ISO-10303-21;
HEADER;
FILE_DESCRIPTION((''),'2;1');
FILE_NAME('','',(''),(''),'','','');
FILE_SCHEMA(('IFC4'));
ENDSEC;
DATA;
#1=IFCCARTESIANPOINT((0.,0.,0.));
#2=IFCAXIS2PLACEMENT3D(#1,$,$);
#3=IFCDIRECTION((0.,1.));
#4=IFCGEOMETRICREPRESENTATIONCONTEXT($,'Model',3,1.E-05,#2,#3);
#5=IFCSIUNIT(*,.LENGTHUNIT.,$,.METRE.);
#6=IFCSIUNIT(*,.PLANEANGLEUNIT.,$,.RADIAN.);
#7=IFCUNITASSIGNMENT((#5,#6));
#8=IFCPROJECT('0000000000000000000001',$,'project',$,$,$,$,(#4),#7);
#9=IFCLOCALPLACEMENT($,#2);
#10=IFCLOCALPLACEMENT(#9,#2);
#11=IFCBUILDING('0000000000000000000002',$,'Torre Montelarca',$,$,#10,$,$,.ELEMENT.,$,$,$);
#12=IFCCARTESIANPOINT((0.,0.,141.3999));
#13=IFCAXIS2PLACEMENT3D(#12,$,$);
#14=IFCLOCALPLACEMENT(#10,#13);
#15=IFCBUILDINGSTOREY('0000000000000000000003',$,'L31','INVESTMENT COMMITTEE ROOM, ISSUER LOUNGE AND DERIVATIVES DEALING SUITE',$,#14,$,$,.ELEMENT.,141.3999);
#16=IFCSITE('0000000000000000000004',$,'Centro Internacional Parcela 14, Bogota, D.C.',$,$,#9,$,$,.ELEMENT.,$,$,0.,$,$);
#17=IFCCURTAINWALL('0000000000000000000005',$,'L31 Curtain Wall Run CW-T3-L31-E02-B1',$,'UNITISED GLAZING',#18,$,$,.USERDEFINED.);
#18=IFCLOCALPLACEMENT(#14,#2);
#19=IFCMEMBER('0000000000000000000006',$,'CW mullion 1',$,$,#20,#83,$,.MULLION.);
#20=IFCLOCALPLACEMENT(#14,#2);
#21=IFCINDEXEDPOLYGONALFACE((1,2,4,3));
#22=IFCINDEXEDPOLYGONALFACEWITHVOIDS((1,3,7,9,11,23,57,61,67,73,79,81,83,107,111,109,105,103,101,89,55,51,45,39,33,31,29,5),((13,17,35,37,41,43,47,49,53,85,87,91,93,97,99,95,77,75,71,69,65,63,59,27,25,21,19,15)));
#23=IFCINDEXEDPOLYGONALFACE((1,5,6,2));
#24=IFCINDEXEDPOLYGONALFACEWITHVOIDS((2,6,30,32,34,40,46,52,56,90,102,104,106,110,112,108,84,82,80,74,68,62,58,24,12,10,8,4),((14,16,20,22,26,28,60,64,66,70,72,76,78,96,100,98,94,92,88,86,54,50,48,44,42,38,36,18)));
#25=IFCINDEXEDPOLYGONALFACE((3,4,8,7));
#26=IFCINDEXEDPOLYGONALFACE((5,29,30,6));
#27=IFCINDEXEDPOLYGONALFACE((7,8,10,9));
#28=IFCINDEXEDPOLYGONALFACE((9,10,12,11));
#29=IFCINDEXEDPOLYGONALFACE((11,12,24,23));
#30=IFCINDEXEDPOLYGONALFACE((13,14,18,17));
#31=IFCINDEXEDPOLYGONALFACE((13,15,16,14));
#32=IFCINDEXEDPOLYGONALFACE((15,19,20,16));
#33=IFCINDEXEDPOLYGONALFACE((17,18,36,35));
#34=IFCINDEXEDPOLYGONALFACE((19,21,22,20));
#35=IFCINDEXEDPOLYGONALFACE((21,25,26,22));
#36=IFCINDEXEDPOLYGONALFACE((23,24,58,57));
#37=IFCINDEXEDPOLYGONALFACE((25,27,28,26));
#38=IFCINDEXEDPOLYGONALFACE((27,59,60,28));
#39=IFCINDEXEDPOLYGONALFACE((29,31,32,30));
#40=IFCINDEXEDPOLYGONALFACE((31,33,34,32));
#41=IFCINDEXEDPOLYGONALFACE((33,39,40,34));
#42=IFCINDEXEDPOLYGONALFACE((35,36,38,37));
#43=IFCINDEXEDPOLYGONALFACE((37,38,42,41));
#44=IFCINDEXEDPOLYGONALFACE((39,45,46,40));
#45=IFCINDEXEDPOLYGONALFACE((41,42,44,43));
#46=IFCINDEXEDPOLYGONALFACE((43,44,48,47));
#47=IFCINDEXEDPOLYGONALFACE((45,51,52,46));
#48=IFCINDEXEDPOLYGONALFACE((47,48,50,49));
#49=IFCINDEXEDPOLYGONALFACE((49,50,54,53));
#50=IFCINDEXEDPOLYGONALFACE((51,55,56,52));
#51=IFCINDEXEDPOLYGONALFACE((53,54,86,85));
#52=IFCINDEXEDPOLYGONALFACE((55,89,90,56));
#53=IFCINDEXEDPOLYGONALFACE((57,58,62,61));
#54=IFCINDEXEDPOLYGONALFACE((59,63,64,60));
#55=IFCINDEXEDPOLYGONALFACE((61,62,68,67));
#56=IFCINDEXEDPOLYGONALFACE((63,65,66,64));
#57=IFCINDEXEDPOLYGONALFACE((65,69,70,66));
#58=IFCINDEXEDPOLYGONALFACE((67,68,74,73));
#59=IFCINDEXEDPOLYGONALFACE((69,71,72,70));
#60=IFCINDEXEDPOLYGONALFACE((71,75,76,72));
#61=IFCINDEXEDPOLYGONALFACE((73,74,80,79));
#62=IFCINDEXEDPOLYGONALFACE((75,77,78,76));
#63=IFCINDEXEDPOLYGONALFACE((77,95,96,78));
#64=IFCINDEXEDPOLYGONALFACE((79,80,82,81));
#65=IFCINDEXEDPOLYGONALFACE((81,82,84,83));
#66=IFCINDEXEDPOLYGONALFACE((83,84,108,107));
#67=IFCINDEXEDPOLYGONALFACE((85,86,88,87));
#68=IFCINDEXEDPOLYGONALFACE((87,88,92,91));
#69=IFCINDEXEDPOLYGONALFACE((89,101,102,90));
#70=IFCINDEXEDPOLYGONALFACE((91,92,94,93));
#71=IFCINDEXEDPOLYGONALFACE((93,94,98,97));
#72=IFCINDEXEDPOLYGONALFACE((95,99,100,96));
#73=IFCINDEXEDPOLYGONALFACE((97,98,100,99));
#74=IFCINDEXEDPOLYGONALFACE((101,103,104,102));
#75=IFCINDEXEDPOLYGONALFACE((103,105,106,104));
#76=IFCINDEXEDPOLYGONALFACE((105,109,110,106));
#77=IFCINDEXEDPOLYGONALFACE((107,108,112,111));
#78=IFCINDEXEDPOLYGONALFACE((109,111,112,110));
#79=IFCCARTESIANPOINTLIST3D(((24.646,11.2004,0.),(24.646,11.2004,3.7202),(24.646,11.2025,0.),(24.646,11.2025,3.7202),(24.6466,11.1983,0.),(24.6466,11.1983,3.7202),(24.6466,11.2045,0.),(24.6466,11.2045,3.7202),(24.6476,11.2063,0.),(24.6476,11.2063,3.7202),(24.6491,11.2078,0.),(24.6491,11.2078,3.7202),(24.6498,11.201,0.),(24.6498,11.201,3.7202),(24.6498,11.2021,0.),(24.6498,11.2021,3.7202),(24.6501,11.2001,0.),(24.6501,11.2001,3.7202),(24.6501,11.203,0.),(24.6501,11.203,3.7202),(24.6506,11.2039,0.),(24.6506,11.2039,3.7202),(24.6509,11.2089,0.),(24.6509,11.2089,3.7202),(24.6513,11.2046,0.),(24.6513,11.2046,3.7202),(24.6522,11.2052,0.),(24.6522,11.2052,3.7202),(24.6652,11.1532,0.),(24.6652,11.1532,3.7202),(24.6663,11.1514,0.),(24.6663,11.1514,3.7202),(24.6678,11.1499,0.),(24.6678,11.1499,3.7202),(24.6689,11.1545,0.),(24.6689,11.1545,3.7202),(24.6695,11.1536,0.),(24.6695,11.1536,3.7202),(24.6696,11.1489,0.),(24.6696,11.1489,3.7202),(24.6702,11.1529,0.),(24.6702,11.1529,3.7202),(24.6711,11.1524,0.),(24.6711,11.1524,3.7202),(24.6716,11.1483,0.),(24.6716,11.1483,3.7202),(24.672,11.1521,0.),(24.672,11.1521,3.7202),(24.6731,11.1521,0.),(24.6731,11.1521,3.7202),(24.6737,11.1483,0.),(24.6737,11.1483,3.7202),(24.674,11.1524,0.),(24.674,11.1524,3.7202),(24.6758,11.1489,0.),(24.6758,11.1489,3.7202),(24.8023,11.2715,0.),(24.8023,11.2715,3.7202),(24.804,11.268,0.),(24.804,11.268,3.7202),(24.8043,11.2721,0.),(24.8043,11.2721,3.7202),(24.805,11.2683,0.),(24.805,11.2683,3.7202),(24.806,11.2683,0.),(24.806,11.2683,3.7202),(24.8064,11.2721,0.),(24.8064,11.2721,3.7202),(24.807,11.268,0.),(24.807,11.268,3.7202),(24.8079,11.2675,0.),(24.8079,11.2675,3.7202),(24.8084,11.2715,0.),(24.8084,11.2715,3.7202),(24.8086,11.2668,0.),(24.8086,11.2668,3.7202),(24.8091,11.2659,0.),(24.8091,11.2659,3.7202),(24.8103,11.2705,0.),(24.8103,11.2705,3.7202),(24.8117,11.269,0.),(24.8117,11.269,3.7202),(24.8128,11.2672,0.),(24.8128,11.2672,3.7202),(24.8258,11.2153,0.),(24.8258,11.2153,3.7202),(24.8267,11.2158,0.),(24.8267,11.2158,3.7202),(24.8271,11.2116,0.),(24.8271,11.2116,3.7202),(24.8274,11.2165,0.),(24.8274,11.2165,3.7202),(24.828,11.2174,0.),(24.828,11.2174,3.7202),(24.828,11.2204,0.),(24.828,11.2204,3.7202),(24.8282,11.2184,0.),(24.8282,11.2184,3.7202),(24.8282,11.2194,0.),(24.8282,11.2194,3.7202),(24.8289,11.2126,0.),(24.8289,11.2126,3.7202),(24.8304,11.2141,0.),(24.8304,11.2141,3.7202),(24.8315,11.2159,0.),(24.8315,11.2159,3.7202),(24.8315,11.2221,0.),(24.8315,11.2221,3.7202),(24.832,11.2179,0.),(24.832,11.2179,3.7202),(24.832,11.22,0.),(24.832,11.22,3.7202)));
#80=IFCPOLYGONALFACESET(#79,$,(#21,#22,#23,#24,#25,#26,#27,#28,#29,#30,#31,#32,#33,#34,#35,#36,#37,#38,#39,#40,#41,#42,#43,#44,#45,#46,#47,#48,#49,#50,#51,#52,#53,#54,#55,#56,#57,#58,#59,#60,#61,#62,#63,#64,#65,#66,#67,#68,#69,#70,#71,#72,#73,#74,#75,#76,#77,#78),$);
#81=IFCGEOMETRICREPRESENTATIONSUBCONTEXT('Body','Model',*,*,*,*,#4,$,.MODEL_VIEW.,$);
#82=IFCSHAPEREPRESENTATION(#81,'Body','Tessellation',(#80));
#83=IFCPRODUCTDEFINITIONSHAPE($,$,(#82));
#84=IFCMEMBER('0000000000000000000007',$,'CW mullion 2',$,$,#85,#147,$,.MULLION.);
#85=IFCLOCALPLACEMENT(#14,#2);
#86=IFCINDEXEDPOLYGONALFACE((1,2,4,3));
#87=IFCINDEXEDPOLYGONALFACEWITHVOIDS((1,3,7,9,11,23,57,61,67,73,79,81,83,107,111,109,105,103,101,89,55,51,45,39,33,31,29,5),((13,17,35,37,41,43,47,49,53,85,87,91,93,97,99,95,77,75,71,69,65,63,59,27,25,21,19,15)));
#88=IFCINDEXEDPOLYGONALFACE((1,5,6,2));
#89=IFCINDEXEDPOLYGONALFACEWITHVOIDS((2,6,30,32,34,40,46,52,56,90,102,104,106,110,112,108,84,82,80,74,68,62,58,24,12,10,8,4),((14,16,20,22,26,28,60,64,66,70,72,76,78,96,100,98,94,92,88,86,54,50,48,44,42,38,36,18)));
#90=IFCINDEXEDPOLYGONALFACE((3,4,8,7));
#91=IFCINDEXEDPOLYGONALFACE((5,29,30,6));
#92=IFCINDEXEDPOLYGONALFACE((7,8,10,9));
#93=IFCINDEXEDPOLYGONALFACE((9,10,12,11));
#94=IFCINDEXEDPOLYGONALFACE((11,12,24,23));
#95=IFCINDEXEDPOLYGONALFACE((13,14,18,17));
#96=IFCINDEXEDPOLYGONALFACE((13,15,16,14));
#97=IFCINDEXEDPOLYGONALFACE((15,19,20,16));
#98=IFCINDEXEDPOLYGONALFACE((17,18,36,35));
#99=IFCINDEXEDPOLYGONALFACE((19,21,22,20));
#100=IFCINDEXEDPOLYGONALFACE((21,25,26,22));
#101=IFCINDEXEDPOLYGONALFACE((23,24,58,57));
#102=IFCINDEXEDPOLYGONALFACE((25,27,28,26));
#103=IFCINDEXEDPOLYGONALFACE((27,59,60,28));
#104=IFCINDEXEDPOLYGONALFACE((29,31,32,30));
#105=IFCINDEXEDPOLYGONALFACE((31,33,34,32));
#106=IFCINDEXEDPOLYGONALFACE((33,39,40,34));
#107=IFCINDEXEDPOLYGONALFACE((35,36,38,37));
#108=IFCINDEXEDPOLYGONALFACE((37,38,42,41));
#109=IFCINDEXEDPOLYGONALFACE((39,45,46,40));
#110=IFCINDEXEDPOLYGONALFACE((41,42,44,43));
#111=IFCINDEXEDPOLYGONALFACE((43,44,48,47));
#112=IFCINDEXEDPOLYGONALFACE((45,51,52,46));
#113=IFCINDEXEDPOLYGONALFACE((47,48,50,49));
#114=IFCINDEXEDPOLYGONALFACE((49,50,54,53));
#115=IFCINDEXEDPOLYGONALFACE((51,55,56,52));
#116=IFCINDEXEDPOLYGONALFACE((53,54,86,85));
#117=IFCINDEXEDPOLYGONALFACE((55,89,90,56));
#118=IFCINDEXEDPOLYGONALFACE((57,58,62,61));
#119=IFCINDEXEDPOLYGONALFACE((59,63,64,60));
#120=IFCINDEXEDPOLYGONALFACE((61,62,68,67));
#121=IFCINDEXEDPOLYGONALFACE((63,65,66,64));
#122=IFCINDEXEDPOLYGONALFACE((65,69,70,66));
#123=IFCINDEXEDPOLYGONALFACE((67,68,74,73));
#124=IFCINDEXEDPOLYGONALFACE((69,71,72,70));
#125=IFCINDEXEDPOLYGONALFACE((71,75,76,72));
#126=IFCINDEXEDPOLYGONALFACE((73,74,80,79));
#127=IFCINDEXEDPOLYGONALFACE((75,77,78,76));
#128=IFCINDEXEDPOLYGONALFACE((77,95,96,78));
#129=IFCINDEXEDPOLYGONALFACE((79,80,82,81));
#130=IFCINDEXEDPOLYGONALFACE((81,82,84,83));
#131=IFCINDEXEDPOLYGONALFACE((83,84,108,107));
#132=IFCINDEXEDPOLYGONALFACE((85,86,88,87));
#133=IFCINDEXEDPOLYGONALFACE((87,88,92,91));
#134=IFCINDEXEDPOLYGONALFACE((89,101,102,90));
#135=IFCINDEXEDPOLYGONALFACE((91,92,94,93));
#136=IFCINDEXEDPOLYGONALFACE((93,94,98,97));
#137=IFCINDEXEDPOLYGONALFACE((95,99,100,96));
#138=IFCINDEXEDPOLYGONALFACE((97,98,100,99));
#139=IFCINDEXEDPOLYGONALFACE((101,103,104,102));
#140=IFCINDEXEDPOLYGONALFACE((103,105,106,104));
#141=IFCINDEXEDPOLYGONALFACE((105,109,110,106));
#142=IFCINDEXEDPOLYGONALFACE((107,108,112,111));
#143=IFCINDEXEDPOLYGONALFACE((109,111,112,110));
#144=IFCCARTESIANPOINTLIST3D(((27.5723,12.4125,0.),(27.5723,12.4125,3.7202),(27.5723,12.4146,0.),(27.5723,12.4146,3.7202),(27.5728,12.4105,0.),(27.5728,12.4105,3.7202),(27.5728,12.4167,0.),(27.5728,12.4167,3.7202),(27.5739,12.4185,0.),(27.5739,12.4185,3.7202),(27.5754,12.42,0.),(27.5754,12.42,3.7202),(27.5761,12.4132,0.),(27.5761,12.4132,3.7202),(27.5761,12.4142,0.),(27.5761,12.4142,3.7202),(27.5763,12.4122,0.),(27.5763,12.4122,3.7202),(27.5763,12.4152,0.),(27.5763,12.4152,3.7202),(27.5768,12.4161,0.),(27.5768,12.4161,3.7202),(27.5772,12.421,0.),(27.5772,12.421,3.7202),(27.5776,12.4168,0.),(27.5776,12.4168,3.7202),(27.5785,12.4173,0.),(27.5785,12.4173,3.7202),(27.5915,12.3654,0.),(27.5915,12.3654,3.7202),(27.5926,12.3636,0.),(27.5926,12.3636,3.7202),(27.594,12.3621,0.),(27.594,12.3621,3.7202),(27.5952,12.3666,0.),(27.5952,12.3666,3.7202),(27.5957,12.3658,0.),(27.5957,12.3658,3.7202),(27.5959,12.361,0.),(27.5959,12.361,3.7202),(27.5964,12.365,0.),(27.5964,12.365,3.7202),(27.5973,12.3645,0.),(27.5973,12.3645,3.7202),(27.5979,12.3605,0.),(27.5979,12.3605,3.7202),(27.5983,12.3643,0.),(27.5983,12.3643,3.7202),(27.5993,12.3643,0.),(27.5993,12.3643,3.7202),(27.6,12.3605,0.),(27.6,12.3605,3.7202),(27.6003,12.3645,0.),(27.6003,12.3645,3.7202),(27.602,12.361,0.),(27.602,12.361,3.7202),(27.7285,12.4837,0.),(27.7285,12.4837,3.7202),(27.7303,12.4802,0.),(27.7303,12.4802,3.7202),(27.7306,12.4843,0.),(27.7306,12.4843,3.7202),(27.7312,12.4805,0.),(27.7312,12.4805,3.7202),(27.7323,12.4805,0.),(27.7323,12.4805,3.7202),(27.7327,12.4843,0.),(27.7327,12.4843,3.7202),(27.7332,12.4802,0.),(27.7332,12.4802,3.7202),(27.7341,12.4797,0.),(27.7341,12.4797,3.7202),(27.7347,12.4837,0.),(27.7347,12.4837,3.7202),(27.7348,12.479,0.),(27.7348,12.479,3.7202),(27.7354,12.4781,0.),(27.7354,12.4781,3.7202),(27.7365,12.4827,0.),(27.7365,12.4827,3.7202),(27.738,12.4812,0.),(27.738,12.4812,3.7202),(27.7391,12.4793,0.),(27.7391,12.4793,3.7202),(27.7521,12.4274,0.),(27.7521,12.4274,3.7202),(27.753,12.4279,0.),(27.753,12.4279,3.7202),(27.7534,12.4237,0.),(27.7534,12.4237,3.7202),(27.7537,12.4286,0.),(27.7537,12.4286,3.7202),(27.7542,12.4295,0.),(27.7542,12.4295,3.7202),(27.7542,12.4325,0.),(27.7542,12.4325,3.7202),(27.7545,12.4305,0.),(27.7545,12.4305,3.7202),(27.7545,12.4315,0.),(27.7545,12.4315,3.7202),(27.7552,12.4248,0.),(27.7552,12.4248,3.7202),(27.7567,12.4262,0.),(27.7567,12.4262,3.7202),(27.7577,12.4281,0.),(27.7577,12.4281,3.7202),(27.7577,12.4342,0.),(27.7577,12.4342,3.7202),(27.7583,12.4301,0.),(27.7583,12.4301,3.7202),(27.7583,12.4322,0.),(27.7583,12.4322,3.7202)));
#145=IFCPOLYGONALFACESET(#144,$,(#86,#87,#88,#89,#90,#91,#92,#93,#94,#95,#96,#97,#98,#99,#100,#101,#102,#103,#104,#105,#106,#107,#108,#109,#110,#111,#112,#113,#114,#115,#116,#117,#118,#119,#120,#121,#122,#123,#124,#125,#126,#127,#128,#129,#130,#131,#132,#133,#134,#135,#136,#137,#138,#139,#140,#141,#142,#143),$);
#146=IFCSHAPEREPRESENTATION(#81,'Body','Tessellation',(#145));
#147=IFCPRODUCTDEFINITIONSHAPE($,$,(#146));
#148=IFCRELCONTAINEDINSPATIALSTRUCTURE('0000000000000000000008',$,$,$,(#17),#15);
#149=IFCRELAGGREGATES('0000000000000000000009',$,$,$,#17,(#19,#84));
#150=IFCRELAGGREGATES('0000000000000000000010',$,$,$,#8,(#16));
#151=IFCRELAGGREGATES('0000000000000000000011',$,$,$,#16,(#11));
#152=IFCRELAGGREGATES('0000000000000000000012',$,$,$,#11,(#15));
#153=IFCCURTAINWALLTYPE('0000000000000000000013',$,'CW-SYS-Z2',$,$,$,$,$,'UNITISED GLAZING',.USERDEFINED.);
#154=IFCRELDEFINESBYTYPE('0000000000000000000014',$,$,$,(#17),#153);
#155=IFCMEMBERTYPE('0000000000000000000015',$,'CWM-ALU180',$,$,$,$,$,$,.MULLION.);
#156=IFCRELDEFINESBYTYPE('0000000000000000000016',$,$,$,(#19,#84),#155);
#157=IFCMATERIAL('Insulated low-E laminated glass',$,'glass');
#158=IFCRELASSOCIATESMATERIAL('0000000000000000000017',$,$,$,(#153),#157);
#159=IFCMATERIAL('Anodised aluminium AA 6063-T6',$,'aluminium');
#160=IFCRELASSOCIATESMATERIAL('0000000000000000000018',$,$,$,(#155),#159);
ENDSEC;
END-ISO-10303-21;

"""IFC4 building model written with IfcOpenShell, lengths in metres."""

from ifc_helpers import new_model, si_unit, direction, frame, origin, origin_2d, place, context, subcontext, project, spatial, hollow_rectangle, extrude, source, transform, mapped, material, material_profile, profile_set, type_object, element, aggregate, save


model = new_model("IFC4")

# Units and contexts
model_context = context("Model", 3, precision=1e-05, world=origin(), true_north=direction((0.0, 1.0)))
body_context = subcontext(model_context, "Body", "Model", "MODEL_VIEW")
ifc_project = project(units=[si_unit("LENGTHUNIT", "METRE"), si_unit("PLANEANGLEUNIT", "RADIAN")], contexts=[model_context])

# Site, building, storey
site_placement = place(None, origin())
site = spatial("IfcSite", under=ifc_project, at=site_placement, Name="Centro Internacional Parcela 14, Bogota, D.C.", CompositionType="ELEMENT", RefElevation=0.0)
building_placement = place(site_placement, origin())
building = spatial("IfcBuilding", under=site, at=building_placement, Name="Torre Montelarca", CompositionType="ELEMENT")
storey_placement = place(building_placement, frame((0.0, 0.0, 141.3999)))
storey = spatial("IfcBuildingStorey", under=building, at=storey_placement, Name="L31", Description="INVESTMENT COMMITTEE ROOM, ISSUER LOUNGE AND DERIVATIVES DEALING SUITE", CompositionType="ELEMENT", Elevation=141.3999)

# Curtain wall
ifc_material_1 = material(Name="Insulated low-E laminated glass", Category="glass")
curtain_wall_type = type_object("IfcCurtainWallType", Name="CW-SYS-Z2", ElementType="UNITISED GLAZING", PredefinedType="USERDEFINED", material=ifc_material_1)
curtain_wall_1_placement = place(storey_placement, origin())
curtain_wall_1 = element("IfcCurtainWall", 1, at=curtain_wall_1_placement, inside=storey, type_object=curtain_wall_type, Name="L31 Curtain Wall Run CW-T3-L31-E02-B1", ObjectType="UNITISED GLAZING", PredefinedType="USERDEFINED")
ifc_material_2 = material(Name="Anodised aluminium AA 6063-T6", Category="aluminium")
ifc_material_profile_1 = material_profile(ifc_material_2, hollow_rectangle(XDim=0.0649, YDim=0.1799, WallThickness=0.0039, InnerFilletRadius=0.0039, OuterFilletRadius=0.0081, at=origin_2d()), Name="ALU65X180X4", Category="aluminium")
ifc_profile_set_1 = profile_set([ifc_material_profile_1], Name="Anodised aluminium AA 6063-T6")
member_type_1 = type_object("IfcMemberType", Name="CWM-ALU180", PredefinedType="MULLION", material=ifc_profile_set_1)
shared_shape_1 = source(origin(), body_context, "Body", "SweptSolid", [
    extrude(hollow_rectangle(XDim=0.0649, YDim=0.1799, WallThickness=0.0039, InnerFilletRadius=0.0039, OuterFilletRadius=0.0081, at=origin_2d()), origin(), (0.0, 0.0, 1.0), 3.7202),
])

# Members
member_1_placement = place(storey_placement, frame((24.739, 11.2102, 0.0), z_axis=(0.0, 0.0, 1.0), x_axis=(-0.38267, 0.923885, 0.0)))
member_1 = element("IfcMember", 2, at=member_1_placement, type_object=member_type_1, Name="CW mullion 1", PredefinedType="MULLION", context=body_context, shape_type="MappedRepresentation", body=[
    mapped(shared_shape_1, transform((0.0, 0.0, 0.0), scale=1.0)),
])
member_2_placement = place(storey_placement, frame((27.6653, 12.4224, 0.0), z_axis=(0.0, 0.0, 1.0), x_axis=(-0.38267, 0.923885, 0.0)))
member_2 = element("IfcMember", 3, at=member_2_placement, type_object=member_type_1, Name="CW mullion 2", PredefinedType="MULLION", context=body_context, shape_type="MappedRepresentation", body=[
    mapped(shared_shape_1, transform((0.0, 0.0, 0.0), scale=1.0)),
])

aggregate(curtain_wall_1, [member_1, member_2])

save(model, "model.ifc")
